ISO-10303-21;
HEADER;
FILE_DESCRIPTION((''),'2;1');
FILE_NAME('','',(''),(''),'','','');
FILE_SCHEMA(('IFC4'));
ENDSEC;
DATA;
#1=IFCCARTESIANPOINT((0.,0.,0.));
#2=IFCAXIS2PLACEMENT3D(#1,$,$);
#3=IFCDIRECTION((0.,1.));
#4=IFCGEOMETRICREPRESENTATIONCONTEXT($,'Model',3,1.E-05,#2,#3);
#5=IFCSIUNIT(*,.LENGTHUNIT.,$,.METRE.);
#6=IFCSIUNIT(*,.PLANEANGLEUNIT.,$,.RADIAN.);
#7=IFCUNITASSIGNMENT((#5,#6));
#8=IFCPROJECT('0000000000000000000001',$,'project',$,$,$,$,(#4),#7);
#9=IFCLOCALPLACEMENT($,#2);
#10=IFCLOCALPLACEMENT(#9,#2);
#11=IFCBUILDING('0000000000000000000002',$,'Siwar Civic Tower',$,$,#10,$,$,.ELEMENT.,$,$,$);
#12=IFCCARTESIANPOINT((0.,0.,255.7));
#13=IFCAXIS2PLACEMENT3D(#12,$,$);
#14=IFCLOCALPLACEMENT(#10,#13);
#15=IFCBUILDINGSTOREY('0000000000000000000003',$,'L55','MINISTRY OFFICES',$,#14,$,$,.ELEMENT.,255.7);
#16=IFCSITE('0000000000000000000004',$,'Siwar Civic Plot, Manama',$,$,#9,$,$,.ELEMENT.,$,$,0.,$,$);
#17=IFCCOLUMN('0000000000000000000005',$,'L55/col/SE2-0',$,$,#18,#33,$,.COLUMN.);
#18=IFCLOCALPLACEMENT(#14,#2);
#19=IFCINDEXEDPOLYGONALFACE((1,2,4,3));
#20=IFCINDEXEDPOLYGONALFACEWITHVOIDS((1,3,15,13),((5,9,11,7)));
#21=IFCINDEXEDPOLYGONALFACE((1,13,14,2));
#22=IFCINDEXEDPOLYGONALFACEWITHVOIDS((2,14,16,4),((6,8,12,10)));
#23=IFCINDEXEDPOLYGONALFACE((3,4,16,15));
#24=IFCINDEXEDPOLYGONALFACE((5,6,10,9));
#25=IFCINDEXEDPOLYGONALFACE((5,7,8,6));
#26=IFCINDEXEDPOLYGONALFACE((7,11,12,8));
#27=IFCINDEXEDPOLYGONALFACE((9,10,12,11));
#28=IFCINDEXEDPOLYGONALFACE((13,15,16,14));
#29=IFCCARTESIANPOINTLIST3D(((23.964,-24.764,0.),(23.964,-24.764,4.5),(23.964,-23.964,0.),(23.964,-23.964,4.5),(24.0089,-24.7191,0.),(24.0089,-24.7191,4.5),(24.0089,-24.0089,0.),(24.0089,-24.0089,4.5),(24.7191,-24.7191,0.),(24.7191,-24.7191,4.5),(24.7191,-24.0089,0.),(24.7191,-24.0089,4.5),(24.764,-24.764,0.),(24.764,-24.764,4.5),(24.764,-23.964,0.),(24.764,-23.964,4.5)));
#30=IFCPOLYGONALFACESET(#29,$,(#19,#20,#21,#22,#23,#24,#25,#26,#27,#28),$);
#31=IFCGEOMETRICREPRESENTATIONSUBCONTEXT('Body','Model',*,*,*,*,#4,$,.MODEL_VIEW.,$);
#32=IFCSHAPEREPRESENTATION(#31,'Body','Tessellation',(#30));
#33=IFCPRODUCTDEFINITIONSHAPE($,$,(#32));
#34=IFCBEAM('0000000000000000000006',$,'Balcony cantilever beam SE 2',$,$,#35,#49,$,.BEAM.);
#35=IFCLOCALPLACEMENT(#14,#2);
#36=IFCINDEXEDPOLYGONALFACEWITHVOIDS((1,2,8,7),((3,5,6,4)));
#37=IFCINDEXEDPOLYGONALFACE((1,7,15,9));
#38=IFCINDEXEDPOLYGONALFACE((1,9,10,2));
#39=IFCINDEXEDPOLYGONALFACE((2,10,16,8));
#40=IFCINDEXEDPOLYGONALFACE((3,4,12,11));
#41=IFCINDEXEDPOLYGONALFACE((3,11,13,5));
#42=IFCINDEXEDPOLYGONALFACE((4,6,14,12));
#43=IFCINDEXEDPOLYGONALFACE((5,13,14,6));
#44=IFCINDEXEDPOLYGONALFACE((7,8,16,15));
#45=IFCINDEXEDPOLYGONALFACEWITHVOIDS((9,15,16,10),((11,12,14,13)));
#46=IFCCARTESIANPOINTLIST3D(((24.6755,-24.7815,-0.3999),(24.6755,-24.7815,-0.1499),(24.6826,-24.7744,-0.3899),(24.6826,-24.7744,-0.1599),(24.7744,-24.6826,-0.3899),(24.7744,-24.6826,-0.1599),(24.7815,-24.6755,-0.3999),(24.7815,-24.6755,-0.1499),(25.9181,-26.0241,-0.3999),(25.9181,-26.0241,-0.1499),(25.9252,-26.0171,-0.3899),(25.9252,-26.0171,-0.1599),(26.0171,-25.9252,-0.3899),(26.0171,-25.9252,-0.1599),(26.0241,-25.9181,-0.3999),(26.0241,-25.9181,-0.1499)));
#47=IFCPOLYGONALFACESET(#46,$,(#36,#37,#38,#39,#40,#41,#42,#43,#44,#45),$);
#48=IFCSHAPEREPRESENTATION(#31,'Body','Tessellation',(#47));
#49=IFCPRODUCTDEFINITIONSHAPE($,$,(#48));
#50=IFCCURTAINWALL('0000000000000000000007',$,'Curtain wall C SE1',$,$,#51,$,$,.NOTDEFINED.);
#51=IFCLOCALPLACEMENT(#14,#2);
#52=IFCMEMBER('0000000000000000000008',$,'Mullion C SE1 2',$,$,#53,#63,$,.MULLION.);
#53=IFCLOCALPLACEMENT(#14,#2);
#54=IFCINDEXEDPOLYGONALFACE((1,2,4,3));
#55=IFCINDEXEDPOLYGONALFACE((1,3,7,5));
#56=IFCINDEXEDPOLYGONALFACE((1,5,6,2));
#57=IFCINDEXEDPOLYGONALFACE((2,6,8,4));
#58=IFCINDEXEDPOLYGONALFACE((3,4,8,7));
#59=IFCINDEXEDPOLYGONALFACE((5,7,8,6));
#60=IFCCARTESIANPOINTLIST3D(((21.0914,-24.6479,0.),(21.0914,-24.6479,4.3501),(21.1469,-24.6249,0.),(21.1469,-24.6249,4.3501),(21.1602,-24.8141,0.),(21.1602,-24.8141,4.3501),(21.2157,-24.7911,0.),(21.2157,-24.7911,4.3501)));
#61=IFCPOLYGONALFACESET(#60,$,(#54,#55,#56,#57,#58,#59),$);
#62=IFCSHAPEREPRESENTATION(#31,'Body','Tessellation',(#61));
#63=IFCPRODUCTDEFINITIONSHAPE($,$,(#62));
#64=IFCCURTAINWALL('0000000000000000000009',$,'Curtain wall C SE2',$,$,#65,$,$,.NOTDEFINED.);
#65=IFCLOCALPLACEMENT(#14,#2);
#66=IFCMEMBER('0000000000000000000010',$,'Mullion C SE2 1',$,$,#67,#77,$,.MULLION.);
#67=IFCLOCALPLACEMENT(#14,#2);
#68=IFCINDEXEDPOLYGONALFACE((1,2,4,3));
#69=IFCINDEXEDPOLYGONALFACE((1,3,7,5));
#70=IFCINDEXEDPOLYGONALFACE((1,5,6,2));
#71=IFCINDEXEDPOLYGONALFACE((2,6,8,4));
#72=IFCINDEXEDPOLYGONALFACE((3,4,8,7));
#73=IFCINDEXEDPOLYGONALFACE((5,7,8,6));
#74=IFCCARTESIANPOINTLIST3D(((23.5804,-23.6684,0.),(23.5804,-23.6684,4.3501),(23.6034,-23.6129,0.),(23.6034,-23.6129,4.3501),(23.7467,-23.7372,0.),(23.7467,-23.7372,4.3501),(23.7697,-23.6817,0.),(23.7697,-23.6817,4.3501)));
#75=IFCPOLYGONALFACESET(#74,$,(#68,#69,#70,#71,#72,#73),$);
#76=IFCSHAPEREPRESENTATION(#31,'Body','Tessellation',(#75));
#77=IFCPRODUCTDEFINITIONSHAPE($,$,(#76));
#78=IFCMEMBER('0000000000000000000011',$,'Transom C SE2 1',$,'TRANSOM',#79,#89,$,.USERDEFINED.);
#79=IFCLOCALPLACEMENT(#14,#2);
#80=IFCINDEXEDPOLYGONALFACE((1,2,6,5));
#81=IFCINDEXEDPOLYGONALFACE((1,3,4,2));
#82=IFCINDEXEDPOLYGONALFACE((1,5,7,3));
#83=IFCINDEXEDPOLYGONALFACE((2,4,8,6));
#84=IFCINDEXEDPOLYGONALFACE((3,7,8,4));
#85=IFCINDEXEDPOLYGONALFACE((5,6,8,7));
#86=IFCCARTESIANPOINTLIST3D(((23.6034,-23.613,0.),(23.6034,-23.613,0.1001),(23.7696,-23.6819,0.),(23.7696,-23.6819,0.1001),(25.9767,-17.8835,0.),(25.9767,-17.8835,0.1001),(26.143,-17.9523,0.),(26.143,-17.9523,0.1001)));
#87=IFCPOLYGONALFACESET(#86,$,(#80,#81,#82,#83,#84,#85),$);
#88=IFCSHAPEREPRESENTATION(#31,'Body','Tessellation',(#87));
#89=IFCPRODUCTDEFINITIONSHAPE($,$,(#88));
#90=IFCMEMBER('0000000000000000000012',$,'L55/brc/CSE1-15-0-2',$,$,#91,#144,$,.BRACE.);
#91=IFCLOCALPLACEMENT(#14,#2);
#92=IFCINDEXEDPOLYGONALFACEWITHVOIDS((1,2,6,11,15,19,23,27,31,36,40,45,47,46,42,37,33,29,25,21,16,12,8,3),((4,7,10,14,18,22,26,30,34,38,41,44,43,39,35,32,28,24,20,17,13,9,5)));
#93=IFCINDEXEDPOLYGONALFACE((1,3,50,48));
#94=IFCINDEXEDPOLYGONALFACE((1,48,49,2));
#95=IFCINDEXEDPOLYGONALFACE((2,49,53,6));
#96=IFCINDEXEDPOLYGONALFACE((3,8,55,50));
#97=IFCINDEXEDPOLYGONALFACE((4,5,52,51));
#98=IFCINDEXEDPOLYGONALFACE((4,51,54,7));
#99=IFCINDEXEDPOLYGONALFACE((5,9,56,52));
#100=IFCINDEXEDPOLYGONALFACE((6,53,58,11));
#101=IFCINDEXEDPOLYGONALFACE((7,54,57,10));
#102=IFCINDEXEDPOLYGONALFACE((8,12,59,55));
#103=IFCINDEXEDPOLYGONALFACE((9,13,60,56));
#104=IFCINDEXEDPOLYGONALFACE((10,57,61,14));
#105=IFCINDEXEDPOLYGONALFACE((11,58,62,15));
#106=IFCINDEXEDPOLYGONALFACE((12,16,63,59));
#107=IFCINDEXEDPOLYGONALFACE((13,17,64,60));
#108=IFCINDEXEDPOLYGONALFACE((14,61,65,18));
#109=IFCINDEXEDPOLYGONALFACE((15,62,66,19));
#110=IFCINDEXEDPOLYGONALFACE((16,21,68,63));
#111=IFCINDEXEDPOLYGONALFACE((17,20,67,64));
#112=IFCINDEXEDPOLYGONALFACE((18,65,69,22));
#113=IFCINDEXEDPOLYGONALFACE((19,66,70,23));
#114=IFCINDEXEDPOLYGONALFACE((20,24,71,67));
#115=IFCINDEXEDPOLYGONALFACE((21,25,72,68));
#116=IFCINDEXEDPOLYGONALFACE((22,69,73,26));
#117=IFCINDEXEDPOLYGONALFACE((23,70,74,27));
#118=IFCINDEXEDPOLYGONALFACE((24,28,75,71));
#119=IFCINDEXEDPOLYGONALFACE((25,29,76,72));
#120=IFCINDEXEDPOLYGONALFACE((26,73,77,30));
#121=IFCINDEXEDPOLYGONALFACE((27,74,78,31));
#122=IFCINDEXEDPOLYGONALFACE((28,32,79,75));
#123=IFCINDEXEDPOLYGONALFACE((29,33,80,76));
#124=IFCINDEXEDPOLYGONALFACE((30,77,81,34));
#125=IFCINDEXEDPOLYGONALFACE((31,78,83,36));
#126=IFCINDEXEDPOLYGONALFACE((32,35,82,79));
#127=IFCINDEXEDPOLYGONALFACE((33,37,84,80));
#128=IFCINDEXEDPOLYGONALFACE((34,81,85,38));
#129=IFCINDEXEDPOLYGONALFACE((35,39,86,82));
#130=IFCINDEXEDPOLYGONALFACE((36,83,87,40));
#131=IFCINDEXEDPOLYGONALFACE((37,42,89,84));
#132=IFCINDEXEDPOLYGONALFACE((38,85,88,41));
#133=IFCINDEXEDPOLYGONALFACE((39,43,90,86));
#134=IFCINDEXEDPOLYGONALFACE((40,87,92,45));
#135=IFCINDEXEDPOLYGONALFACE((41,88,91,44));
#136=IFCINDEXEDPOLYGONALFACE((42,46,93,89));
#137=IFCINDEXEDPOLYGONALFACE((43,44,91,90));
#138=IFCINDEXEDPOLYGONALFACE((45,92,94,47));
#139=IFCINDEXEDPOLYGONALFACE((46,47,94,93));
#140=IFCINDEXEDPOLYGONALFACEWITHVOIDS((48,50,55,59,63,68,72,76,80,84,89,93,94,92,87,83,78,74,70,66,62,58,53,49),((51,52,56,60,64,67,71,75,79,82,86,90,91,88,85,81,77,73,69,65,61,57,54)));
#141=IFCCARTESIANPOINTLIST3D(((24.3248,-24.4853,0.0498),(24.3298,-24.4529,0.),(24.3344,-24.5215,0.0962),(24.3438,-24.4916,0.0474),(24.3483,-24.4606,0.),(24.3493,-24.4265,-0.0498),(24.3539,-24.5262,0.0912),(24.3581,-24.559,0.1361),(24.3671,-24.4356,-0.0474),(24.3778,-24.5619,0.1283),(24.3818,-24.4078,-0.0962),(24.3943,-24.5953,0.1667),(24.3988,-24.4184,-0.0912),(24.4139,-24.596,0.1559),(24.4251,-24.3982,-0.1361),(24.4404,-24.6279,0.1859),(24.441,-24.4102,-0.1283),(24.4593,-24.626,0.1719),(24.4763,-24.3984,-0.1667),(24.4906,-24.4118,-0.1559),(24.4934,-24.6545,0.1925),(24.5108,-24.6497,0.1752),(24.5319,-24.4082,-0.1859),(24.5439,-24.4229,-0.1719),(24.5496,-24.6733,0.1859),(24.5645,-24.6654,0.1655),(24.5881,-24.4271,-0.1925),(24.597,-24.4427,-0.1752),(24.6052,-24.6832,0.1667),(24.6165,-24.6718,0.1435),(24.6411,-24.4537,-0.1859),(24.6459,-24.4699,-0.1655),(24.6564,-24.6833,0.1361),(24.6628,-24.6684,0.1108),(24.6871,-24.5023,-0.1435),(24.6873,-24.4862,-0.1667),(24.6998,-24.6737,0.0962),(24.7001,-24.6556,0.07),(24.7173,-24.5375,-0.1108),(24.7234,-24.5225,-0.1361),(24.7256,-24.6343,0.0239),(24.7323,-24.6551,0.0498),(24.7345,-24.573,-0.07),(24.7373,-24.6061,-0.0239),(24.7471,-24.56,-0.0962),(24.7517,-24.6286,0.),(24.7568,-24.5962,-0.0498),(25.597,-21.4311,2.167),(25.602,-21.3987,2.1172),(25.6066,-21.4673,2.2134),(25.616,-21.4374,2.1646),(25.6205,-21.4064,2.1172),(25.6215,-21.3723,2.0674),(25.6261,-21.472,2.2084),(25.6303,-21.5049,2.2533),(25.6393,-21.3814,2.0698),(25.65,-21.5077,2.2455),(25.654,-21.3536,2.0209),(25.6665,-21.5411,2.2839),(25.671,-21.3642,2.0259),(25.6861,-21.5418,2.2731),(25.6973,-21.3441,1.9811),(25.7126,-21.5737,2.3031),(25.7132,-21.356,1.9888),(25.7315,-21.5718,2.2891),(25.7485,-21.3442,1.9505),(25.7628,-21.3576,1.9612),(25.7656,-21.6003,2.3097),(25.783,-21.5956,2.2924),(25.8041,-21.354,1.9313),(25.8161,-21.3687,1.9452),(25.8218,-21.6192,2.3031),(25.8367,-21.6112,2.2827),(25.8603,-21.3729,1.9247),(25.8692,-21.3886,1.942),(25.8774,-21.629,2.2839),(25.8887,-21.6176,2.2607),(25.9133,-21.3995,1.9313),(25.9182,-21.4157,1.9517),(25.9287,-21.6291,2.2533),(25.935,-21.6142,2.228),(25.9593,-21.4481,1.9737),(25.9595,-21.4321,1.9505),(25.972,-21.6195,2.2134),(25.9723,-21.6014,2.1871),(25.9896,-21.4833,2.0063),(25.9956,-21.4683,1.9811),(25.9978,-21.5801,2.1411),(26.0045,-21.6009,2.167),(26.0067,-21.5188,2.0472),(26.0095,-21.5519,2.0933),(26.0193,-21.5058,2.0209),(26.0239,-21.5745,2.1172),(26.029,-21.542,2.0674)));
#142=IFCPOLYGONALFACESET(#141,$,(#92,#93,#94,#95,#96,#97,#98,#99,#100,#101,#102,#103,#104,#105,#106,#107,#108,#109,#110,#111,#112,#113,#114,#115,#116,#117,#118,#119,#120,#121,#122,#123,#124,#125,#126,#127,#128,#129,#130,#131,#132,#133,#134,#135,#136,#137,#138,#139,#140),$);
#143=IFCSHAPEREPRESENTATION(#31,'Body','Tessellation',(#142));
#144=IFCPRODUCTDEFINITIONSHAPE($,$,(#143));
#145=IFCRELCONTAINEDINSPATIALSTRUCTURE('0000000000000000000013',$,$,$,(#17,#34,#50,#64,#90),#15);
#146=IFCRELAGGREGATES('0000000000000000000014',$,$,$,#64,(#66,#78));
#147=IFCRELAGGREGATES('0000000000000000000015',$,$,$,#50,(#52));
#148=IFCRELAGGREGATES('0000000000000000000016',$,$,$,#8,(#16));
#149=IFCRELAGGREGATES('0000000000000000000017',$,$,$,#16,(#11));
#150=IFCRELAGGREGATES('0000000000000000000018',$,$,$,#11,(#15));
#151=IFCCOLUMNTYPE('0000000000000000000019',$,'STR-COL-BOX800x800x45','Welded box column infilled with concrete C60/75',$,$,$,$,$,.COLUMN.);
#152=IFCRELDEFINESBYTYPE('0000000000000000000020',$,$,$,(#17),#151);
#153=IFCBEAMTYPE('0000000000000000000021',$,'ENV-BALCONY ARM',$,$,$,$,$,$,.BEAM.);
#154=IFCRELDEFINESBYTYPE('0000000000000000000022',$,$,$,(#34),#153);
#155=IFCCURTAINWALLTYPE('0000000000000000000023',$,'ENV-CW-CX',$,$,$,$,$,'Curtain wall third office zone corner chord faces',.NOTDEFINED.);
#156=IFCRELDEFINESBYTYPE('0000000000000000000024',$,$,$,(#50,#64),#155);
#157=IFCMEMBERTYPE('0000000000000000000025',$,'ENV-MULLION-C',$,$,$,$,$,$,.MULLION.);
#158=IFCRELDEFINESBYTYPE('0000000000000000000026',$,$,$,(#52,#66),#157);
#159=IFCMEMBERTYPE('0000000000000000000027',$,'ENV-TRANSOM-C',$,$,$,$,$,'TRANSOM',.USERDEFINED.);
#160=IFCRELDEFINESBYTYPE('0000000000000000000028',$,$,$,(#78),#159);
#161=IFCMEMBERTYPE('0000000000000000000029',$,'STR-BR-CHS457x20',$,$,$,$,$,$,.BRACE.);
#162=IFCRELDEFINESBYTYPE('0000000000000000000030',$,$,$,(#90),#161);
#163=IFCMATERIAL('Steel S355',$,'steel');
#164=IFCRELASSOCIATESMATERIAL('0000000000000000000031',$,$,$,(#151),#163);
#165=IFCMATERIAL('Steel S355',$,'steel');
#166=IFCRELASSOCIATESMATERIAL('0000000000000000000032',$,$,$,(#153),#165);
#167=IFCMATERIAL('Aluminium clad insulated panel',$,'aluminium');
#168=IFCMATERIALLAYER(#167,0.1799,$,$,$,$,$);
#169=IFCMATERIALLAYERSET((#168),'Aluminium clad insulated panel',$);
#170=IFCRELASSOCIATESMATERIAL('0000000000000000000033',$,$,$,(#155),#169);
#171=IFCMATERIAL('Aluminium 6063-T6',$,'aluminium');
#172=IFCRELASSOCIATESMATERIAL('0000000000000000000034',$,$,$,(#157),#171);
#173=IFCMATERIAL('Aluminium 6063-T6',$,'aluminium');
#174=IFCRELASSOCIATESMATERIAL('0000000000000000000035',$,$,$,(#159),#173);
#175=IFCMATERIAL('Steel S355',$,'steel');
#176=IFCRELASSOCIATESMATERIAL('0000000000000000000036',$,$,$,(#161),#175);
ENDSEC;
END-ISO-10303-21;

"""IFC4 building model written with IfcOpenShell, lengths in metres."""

from ifc_helpers import new_model, si_unit, direction, frame, origin, origin_2d, place, context, subcontext, project, spatial, rectangle, hollow_rectangle, hollow_circle, extrude, material, layer, layer_set, material_profile, profile_set, type_object, element, aggregate, save


model = new_model("IFC4")

# Units and contexts
model_context = context("Model", 3, precision=1e-05, world=origin(), true_north=direction((0.0, 1.0)))
body_context = subcontext(model_context, "Body", "Model", "MODEL_VIEW")
ifc_project = project(units=[si_unit("LENGTHUNIT", "METRE"), si_unit("PLANEANGLEUNIT", "RADIAN")], contexts=[model_context])

# Site, building, storey
site_placement = place(None, origin())
site = spatial("IfcSite", under=ifc_project, at=site_placement, Name="Siwar Civic Plot, Manama", CompositionType="ELEMENT", RefElevation=0.0)
building_placement = place(site_placement, origin())
building = spatial("IfcBuilding", under=site, at=building_placement, Name="Siwar Civic Tower", CompositionType="ELEMENT")
storey_placement = place(building_placement, frame((0.0, 0.0, 255.7)))
storey = spatial("IfcBuildingStorey", under=building, at=storey_placement, Name="L55", Description="MINISTRY OFFICES", CompositionType="ELEMENT", Elevation=255.7)

# Column
ifc_material_1 = material(Name="Steel S355", Category="steel")
ifc_material_profile_1 = material_profile(ifc_material_1, hollow_rectangle(XDim=0.8, YDim=0.8, WallThickness=0.0449, at=origin_2d()), Name="BOX800x800x45")
ifc_profile_set_1 = profile_set([ifc_material_profile_1], Name="Steel S355")
column_type = type_object("IfcColumnType", Name="STR-COL-BOX800x800x45", Description="Welded box column infilled with concrete C60/75", PredefinedType="COLUMN", material=ifc_profile_set_1)
column_placement = place(storey_placement, frame((24.364, -24.364, 0.0), z_axis=(0.0, 0.0, 1.0), x_axis=(1.0, 0.0, 0.0)))
element("IfcColumn", 1, at=column_placement, inside=storey, type_object=column_type, Name="L55/col/SE2-0", PredefinedType="COLUMN", context=body_context, shape_type="SweptSolid", body=[
    extrude(hollow_rectangle(XDim=0.8, YDim=0.8, WallThickness=0.0449, at=origin_2d()), origin(), (0.0, 0.0, 1.0), 4.5),
])

# Beam
ifc_material_2 = material(Name="Steel S355", Category="steel")
ifc_material_profile_2 = material_profile(ifc_material_2, hollow_rectangle(XDim=0.1499, YDim=0.25, WallThickness=0.01, at=origin_2d()), Name="RHS250x150x10")
ifc_profile_set_2 = profile_set([ifc_material_profile_2], Name="Steel S355")
beam_type_1 = type_object("IfcBeamType", Name="ENV-BALCONY ARM", PredefinedType="BEAM", material=ifc_profile_set_2)
beam_1_placement = place(storey_placement, frame((24.7285, -24.7285, -0.2749), z_axis=(0.707107, -0.707107, 0.0), x_axis=(0.707107, 0.707107, 0.0)))
element("IfcBeam", 2, at=beam_1_placement, inside=storey, type_object=beam_type_1, Name="Balcony cantilever beam SE 2", PredefinedType="BEAM", context=body_context, shape_type="SweptSolid", body=[
    extrude(hollow_rectangle(XDim=0.1499, YDim=0.25, WallThickness=0.01, at=origin_2d()), origin(), (0.0, 0.0, 1.0), 1.7573),
])

# Curtain wall, member
ifc_material_3 = material(Name="Aluminium clad insulated panel", Category="aluminium")
ifc_layer_1 = layer(ifc_material_3, 0.1799)
ifc_layer_set_1 = layer_set([ifc_layer_1], Name="Aluminium clad insulated panel")
curtain_wall_type = type_object("IfcCurtainWallType", Name="ENV-CW-CX", ElementType="Curtain wall third office zone corner chord faces", PredefinedType="NOTDEFINED", material=ifc_layer_set_1)
curtain_wall_1_placement = place(storey_placement, origin())
curtain_wall_1 = element("IfcCurtainWall", 3, at=curtain_wall_1_placement, inside=storey, type_object=curtain_wall_type, Name="Curtain wall C SE1", PredefinedType="NOTDEFINED")
ifc_material_4 = material(Name="Aluminium 6063-T6", Category="aluminium")
ifc_material_profile_3 = material_profile(ifc_material_4, rectangle(XDim=0.1799, YDim=0.0601, at=origin_2d()), Name="AL 180x60")
ifc_profile_set_3 = profile_set([ifc_material_profile_3], Name="Aluminium 6063-T6")
member_type_1 = type_object("IfcMemberType", Name="ENV-MULLION-C", PredefinedType="MULLION", material=ifc_profile_set_3)
member_1_placement = place(storey_placement, frame((21.1536, -24.7195, 0.0), z_axis=(0.0, 0.0, 1.0), x_axis=(-0.382683, 0.92388, 0.0)))
member_1 = element("IfcMember", 4, at=member_1_placement, type_object=member_type_1, Name="Mullion C SE1 2", PredefinedType="MULLION", context=body_context, shape_type="SweptSolid", body=[
    extrude(rectangle(XDim=0.1799, YDim=0.0601, at=origin_2d()), origin(), (0.0, 0.0, 1.0), 4.3501),
])

# Curtain wall, members
curtain_wall_2_placement = place(storey_placement, origin())
curtain_wall_2 = element("IfcCurtainWall", 5, at=curtain_wall_2_placement, inside=storey, type_object=curtain_wall_type, Name="Curtain wall C SE2", PredefinedType="NOTDEFINED")
member_2_placement = place(storey_placement, frame((23.675, -23.675, 0.0), z_axis=(0.0, 0.0, 1.0), x_axis=(-0.92388, 0.382683, 0.0)))
member_2 = element("IfcMember", 6, at=member_2_placement, type_object=member_type_1, Name="Mullion C SE2 1", PredefinedType="MULLION", context=body_context, shape_type="SweptSolid", body=[
    extrude(rectangle(XDim=0.1799, YDim=0.0601, at=origin_2d()), origin(), (0.0, 0.0, 1.0), 4.3501),
])
ifc_material_5 = material(Name="Aluminium 6063-T6", Category="aluminium")
ifc_material_profile_4 = material_profile(ifc_material_5, rectangle(XDim=0.1799, YDim=0.1001, at=origin_2d()), Name="AL 180x100")
ifc_profile_set_4 = profile_set([ifc_material_profile_4], Name="Aluminium 6063-T6")
member_type_2 = type_object("IfcMemberType", Name="ENV-TRANSOM-C", ElementType="TRANSOM", PredefinedType="USERDEFINED", material=ifc_profile_set_4)
member_3_placement = place(storey_placement, frame((23.6865, -23.6475, 0.05), z_axis=(0.382691, 0.923876, 0.0), x_axis=(-0.923876, 0.382691, 0.0)))
member_3 = element("IfcMember", 7, at=member_3_placement, type_object=member_type_2, Name="Transom C SE2 1", ObjectType="TRANSOM", PredefinedType="USERDEFINED", context=body_context, shape_type="SweptSolid", body=[
    extrude(rectangle(XDim=0.1799, YDim=0.1001, at=origin_2d()), origin(), (0.0, 0.0, 1.0), 6.2017),
])
aggregate(curtain_wall_2, [member_2, member_3])

# Member
ifc_material_6 = material(Name="Steel S355", Category="steel")
ifc_material_profile_5 = material_profile(ifc_material_6, hollow_circle(Radius=0.2285, WallThickness=0.02, at=origin_2d()), Name="CHS457x20")
ifc_profile_set_5 = profile_set([ifc_material_profile_5], Name="Steel S355")
member_type_3 = type_object("IfcMemberType", Name="STR-BR-CHS457x20", PredefinedType="BRACE", material=ifc_profile_set_5)
for number, where, z_axis, x_axis, name in (
    (8, (24.5408, -24.5408, 0.0), (0.323884, 0.777546, 0.538999), (-0.923116, 0.384521, 0.0), "L55/brc/CSE1-15-0-2"),
):
    element("IfcMember", number, at=place(storey_placement, frame(where, z_axis=z_axis, x_axis=x_axis)), inside=storey, type_object=member_type_3, Name=name, PredefinedType="BRACE", context=body_context, shape_type="SweptSolid", body=[
        extrude(hollow_circle(Radius=0.2285, WallThickness=0.02, at=origin_2d()), origin(), (0.0, 0.0, 1.0), 3.928),
    ])

aggregate(curtain_wall_1, [member_1])

save(model, "model.ifc")
